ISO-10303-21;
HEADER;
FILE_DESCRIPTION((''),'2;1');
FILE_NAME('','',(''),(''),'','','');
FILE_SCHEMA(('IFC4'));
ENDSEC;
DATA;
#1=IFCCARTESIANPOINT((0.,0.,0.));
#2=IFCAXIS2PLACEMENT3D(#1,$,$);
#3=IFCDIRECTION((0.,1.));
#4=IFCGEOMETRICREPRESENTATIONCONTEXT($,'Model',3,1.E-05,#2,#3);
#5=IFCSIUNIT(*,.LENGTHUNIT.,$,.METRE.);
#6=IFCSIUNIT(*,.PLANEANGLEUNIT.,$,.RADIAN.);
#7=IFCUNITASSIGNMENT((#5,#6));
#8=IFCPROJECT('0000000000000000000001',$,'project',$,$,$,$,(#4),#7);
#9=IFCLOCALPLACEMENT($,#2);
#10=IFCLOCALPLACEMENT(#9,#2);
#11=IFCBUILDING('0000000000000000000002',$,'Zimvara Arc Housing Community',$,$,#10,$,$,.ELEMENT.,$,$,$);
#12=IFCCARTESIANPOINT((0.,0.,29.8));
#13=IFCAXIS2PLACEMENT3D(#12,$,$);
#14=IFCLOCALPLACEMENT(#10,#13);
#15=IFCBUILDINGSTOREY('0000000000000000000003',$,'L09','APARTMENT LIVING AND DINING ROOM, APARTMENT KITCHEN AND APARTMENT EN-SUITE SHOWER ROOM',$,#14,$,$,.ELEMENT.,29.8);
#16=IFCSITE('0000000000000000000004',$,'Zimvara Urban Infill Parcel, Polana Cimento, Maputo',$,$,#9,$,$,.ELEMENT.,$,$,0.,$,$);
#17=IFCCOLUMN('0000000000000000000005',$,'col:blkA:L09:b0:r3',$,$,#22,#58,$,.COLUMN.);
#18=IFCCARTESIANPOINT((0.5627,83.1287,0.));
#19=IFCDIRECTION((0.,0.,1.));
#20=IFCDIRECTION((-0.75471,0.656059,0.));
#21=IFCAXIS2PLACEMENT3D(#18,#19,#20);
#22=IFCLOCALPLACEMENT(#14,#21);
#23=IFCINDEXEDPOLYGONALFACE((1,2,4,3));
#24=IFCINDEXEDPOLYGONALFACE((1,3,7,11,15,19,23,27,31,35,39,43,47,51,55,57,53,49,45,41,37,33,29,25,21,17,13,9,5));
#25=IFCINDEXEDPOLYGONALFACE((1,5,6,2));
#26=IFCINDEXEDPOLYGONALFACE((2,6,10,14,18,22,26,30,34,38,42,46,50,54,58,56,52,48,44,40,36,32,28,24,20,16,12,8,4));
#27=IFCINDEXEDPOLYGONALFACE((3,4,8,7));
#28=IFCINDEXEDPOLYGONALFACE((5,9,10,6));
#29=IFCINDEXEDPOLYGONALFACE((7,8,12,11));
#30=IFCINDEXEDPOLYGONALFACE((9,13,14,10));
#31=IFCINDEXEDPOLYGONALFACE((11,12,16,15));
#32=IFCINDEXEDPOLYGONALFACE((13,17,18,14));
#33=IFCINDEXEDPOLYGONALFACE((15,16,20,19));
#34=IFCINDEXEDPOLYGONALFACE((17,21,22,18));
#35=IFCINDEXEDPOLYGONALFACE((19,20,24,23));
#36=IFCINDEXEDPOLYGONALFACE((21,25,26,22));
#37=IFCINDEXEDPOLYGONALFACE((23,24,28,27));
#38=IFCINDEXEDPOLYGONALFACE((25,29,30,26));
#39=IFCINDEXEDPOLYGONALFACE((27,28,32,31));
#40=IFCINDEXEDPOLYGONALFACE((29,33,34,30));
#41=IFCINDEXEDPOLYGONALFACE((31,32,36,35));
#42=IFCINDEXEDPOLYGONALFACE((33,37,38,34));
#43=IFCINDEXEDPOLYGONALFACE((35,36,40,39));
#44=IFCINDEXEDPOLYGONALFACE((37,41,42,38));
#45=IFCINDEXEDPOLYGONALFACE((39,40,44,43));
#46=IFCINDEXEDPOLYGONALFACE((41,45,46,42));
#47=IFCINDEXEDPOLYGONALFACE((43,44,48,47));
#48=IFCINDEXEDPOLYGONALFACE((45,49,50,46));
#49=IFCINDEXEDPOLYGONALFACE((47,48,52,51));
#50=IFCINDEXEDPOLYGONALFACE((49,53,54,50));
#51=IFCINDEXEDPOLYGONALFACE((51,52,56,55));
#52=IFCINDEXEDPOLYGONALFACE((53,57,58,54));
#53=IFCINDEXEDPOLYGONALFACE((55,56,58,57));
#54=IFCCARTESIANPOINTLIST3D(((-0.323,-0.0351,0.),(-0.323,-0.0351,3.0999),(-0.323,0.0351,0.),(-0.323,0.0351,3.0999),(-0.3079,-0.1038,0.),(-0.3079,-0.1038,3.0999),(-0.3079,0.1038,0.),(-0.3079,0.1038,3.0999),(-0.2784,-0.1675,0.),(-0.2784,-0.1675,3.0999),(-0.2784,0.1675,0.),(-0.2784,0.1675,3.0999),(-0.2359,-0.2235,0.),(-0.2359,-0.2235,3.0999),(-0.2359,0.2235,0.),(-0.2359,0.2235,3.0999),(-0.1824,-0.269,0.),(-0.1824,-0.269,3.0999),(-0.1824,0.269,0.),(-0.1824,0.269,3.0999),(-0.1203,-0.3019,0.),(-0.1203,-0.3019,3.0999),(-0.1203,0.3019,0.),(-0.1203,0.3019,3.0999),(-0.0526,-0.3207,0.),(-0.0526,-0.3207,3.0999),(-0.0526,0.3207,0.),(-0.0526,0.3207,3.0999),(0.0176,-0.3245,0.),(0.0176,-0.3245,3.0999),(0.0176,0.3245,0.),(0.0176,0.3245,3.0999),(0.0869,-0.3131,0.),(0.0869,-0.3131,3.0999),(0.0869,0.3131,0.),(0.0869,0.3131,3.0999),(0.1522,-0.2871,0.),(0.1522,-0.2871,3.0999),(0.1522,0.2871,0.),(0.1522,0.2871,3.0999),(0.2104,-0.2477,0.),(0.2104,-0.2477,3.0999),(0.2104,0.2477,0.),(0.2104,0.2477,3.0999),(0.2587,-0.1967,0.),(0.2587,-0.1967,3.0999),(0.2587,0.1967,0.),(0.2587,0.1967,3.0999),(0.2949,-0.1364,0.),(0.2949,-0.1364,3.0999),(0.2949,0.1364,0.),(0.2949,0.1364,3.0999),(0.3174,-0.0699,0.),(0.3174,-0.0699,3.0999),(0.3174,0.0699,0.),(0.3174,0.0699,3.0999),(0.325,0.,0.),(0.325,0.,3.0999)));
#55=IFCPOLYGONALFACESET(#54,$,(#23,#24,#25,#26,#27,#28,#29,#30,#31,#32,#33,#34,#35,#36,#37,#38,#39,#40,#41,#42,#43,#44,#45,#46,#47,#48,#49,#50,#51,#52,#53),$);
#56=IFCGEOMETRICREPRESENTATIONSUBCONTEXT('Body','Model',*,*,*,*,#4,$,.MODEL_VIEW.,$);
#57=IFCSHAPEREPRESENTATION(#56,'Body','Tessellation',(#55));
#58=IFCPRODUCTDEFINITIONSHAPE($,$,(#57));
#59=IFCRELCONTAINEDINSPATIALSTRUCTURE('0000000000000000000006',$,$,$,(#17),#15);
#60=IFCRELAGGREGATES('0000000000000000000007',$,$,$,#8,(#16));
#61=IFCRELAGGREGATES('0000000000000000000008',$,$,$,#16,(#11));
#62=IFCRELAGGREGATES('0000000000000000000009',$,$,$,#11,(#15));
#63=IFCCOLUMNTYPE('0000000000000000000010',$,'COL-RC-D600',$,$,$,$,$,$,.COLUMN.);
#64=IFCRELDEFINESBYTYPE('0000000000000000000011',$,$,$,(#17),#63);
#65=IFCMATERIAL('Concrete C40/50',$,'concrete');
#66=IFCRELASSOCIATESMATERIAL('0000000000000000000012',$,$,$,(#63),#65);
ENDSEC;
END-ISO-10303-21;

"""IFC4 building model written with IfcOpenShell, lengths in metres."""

from ifc_helpers import new_model, si_unit, direction, frame, origin, origin_2d, place, context, subcontext, project, spatial, circle, extrude, material, material_profile, profile_set, type_object, element, save


model = new_model("IFC4")

# Units and contexts
model_context = context("Model", 3, precision=1e-05, world=origin(), true_north=direction((0.0, 1.0)))
body_context = subcontext(model_context, "Body", "Model", "MODEL_VIEW")
ifc_project = project(units=[si_unit("LENGTHUNIT", "METRE"), si_unit("PLANEANGLEUNIT", "RADIAN")], contexts=[model_context])

# Site, building, storey
site_placement = place(None, origin())
site = spatial("IfcSite", under=ifc_project, at=site_placement, Name="Zimvara Urban Infill Parcel, Polana Cimento, Maputo", CompositionType="ELEMENT", RefElevation=0.0)
building_placement = place(site_placement, origin())
building = spatial("IfcBuilding", under=site, at=building_placement, Name="Zimvara Arc Housing Community", CompositionType="ELEMENT")
storey_placement = place(building_placement, frame((0.0, 0.0, 29.8)))
storey = spatial("IfcBuildingStorey", under=building, at=storey_placement, Name="L09", Description="APARTMENT LIVING AND DINING ROOM, APARTMENT KITCHEN AND APARTMENT EN-SUITE SHOWER ROOM", CompositionType="ELEMENT", Elevation=29.8)

# Column
ifc_material_1 = material(Name="Concrete C40/50", Category="concrete")
ifc_material_profile_1 = material_profile(ifc_material_1, circle(Radius=0.325, at=origin_2d()), Name="RC D650")
ifc_profile_set_1 = profile_set([ifc_material_profile_1], Name="Concrete C40/50")
column_type_1 = type_object("IfcColumnType", Name="COL-RC-D600", PredefinedType="COLUMN", material=ifc_profile_set_1)
column_1_placement = place(storey_placement, frame((0.5627, 83.1287, 0.0), z_axis=(0.0, 0.0, 1.0), x_axis=(-0.75471, 0.656059, 0.0)))
element("IfcColumn", 1, at=column_1_placement, inside=storey, type_object=column_type_1, Name="col:blkA:L09:b0:r3", PredefinedType="COLUMN", context=body_context, shape_type="SweptSolid", body=[
    extrude(circle(Radius=0.325, at=origin_2d()), origin(), (0.0, 0.0, 1.0), 3.0999),
])

save(model, "model.ifc")
